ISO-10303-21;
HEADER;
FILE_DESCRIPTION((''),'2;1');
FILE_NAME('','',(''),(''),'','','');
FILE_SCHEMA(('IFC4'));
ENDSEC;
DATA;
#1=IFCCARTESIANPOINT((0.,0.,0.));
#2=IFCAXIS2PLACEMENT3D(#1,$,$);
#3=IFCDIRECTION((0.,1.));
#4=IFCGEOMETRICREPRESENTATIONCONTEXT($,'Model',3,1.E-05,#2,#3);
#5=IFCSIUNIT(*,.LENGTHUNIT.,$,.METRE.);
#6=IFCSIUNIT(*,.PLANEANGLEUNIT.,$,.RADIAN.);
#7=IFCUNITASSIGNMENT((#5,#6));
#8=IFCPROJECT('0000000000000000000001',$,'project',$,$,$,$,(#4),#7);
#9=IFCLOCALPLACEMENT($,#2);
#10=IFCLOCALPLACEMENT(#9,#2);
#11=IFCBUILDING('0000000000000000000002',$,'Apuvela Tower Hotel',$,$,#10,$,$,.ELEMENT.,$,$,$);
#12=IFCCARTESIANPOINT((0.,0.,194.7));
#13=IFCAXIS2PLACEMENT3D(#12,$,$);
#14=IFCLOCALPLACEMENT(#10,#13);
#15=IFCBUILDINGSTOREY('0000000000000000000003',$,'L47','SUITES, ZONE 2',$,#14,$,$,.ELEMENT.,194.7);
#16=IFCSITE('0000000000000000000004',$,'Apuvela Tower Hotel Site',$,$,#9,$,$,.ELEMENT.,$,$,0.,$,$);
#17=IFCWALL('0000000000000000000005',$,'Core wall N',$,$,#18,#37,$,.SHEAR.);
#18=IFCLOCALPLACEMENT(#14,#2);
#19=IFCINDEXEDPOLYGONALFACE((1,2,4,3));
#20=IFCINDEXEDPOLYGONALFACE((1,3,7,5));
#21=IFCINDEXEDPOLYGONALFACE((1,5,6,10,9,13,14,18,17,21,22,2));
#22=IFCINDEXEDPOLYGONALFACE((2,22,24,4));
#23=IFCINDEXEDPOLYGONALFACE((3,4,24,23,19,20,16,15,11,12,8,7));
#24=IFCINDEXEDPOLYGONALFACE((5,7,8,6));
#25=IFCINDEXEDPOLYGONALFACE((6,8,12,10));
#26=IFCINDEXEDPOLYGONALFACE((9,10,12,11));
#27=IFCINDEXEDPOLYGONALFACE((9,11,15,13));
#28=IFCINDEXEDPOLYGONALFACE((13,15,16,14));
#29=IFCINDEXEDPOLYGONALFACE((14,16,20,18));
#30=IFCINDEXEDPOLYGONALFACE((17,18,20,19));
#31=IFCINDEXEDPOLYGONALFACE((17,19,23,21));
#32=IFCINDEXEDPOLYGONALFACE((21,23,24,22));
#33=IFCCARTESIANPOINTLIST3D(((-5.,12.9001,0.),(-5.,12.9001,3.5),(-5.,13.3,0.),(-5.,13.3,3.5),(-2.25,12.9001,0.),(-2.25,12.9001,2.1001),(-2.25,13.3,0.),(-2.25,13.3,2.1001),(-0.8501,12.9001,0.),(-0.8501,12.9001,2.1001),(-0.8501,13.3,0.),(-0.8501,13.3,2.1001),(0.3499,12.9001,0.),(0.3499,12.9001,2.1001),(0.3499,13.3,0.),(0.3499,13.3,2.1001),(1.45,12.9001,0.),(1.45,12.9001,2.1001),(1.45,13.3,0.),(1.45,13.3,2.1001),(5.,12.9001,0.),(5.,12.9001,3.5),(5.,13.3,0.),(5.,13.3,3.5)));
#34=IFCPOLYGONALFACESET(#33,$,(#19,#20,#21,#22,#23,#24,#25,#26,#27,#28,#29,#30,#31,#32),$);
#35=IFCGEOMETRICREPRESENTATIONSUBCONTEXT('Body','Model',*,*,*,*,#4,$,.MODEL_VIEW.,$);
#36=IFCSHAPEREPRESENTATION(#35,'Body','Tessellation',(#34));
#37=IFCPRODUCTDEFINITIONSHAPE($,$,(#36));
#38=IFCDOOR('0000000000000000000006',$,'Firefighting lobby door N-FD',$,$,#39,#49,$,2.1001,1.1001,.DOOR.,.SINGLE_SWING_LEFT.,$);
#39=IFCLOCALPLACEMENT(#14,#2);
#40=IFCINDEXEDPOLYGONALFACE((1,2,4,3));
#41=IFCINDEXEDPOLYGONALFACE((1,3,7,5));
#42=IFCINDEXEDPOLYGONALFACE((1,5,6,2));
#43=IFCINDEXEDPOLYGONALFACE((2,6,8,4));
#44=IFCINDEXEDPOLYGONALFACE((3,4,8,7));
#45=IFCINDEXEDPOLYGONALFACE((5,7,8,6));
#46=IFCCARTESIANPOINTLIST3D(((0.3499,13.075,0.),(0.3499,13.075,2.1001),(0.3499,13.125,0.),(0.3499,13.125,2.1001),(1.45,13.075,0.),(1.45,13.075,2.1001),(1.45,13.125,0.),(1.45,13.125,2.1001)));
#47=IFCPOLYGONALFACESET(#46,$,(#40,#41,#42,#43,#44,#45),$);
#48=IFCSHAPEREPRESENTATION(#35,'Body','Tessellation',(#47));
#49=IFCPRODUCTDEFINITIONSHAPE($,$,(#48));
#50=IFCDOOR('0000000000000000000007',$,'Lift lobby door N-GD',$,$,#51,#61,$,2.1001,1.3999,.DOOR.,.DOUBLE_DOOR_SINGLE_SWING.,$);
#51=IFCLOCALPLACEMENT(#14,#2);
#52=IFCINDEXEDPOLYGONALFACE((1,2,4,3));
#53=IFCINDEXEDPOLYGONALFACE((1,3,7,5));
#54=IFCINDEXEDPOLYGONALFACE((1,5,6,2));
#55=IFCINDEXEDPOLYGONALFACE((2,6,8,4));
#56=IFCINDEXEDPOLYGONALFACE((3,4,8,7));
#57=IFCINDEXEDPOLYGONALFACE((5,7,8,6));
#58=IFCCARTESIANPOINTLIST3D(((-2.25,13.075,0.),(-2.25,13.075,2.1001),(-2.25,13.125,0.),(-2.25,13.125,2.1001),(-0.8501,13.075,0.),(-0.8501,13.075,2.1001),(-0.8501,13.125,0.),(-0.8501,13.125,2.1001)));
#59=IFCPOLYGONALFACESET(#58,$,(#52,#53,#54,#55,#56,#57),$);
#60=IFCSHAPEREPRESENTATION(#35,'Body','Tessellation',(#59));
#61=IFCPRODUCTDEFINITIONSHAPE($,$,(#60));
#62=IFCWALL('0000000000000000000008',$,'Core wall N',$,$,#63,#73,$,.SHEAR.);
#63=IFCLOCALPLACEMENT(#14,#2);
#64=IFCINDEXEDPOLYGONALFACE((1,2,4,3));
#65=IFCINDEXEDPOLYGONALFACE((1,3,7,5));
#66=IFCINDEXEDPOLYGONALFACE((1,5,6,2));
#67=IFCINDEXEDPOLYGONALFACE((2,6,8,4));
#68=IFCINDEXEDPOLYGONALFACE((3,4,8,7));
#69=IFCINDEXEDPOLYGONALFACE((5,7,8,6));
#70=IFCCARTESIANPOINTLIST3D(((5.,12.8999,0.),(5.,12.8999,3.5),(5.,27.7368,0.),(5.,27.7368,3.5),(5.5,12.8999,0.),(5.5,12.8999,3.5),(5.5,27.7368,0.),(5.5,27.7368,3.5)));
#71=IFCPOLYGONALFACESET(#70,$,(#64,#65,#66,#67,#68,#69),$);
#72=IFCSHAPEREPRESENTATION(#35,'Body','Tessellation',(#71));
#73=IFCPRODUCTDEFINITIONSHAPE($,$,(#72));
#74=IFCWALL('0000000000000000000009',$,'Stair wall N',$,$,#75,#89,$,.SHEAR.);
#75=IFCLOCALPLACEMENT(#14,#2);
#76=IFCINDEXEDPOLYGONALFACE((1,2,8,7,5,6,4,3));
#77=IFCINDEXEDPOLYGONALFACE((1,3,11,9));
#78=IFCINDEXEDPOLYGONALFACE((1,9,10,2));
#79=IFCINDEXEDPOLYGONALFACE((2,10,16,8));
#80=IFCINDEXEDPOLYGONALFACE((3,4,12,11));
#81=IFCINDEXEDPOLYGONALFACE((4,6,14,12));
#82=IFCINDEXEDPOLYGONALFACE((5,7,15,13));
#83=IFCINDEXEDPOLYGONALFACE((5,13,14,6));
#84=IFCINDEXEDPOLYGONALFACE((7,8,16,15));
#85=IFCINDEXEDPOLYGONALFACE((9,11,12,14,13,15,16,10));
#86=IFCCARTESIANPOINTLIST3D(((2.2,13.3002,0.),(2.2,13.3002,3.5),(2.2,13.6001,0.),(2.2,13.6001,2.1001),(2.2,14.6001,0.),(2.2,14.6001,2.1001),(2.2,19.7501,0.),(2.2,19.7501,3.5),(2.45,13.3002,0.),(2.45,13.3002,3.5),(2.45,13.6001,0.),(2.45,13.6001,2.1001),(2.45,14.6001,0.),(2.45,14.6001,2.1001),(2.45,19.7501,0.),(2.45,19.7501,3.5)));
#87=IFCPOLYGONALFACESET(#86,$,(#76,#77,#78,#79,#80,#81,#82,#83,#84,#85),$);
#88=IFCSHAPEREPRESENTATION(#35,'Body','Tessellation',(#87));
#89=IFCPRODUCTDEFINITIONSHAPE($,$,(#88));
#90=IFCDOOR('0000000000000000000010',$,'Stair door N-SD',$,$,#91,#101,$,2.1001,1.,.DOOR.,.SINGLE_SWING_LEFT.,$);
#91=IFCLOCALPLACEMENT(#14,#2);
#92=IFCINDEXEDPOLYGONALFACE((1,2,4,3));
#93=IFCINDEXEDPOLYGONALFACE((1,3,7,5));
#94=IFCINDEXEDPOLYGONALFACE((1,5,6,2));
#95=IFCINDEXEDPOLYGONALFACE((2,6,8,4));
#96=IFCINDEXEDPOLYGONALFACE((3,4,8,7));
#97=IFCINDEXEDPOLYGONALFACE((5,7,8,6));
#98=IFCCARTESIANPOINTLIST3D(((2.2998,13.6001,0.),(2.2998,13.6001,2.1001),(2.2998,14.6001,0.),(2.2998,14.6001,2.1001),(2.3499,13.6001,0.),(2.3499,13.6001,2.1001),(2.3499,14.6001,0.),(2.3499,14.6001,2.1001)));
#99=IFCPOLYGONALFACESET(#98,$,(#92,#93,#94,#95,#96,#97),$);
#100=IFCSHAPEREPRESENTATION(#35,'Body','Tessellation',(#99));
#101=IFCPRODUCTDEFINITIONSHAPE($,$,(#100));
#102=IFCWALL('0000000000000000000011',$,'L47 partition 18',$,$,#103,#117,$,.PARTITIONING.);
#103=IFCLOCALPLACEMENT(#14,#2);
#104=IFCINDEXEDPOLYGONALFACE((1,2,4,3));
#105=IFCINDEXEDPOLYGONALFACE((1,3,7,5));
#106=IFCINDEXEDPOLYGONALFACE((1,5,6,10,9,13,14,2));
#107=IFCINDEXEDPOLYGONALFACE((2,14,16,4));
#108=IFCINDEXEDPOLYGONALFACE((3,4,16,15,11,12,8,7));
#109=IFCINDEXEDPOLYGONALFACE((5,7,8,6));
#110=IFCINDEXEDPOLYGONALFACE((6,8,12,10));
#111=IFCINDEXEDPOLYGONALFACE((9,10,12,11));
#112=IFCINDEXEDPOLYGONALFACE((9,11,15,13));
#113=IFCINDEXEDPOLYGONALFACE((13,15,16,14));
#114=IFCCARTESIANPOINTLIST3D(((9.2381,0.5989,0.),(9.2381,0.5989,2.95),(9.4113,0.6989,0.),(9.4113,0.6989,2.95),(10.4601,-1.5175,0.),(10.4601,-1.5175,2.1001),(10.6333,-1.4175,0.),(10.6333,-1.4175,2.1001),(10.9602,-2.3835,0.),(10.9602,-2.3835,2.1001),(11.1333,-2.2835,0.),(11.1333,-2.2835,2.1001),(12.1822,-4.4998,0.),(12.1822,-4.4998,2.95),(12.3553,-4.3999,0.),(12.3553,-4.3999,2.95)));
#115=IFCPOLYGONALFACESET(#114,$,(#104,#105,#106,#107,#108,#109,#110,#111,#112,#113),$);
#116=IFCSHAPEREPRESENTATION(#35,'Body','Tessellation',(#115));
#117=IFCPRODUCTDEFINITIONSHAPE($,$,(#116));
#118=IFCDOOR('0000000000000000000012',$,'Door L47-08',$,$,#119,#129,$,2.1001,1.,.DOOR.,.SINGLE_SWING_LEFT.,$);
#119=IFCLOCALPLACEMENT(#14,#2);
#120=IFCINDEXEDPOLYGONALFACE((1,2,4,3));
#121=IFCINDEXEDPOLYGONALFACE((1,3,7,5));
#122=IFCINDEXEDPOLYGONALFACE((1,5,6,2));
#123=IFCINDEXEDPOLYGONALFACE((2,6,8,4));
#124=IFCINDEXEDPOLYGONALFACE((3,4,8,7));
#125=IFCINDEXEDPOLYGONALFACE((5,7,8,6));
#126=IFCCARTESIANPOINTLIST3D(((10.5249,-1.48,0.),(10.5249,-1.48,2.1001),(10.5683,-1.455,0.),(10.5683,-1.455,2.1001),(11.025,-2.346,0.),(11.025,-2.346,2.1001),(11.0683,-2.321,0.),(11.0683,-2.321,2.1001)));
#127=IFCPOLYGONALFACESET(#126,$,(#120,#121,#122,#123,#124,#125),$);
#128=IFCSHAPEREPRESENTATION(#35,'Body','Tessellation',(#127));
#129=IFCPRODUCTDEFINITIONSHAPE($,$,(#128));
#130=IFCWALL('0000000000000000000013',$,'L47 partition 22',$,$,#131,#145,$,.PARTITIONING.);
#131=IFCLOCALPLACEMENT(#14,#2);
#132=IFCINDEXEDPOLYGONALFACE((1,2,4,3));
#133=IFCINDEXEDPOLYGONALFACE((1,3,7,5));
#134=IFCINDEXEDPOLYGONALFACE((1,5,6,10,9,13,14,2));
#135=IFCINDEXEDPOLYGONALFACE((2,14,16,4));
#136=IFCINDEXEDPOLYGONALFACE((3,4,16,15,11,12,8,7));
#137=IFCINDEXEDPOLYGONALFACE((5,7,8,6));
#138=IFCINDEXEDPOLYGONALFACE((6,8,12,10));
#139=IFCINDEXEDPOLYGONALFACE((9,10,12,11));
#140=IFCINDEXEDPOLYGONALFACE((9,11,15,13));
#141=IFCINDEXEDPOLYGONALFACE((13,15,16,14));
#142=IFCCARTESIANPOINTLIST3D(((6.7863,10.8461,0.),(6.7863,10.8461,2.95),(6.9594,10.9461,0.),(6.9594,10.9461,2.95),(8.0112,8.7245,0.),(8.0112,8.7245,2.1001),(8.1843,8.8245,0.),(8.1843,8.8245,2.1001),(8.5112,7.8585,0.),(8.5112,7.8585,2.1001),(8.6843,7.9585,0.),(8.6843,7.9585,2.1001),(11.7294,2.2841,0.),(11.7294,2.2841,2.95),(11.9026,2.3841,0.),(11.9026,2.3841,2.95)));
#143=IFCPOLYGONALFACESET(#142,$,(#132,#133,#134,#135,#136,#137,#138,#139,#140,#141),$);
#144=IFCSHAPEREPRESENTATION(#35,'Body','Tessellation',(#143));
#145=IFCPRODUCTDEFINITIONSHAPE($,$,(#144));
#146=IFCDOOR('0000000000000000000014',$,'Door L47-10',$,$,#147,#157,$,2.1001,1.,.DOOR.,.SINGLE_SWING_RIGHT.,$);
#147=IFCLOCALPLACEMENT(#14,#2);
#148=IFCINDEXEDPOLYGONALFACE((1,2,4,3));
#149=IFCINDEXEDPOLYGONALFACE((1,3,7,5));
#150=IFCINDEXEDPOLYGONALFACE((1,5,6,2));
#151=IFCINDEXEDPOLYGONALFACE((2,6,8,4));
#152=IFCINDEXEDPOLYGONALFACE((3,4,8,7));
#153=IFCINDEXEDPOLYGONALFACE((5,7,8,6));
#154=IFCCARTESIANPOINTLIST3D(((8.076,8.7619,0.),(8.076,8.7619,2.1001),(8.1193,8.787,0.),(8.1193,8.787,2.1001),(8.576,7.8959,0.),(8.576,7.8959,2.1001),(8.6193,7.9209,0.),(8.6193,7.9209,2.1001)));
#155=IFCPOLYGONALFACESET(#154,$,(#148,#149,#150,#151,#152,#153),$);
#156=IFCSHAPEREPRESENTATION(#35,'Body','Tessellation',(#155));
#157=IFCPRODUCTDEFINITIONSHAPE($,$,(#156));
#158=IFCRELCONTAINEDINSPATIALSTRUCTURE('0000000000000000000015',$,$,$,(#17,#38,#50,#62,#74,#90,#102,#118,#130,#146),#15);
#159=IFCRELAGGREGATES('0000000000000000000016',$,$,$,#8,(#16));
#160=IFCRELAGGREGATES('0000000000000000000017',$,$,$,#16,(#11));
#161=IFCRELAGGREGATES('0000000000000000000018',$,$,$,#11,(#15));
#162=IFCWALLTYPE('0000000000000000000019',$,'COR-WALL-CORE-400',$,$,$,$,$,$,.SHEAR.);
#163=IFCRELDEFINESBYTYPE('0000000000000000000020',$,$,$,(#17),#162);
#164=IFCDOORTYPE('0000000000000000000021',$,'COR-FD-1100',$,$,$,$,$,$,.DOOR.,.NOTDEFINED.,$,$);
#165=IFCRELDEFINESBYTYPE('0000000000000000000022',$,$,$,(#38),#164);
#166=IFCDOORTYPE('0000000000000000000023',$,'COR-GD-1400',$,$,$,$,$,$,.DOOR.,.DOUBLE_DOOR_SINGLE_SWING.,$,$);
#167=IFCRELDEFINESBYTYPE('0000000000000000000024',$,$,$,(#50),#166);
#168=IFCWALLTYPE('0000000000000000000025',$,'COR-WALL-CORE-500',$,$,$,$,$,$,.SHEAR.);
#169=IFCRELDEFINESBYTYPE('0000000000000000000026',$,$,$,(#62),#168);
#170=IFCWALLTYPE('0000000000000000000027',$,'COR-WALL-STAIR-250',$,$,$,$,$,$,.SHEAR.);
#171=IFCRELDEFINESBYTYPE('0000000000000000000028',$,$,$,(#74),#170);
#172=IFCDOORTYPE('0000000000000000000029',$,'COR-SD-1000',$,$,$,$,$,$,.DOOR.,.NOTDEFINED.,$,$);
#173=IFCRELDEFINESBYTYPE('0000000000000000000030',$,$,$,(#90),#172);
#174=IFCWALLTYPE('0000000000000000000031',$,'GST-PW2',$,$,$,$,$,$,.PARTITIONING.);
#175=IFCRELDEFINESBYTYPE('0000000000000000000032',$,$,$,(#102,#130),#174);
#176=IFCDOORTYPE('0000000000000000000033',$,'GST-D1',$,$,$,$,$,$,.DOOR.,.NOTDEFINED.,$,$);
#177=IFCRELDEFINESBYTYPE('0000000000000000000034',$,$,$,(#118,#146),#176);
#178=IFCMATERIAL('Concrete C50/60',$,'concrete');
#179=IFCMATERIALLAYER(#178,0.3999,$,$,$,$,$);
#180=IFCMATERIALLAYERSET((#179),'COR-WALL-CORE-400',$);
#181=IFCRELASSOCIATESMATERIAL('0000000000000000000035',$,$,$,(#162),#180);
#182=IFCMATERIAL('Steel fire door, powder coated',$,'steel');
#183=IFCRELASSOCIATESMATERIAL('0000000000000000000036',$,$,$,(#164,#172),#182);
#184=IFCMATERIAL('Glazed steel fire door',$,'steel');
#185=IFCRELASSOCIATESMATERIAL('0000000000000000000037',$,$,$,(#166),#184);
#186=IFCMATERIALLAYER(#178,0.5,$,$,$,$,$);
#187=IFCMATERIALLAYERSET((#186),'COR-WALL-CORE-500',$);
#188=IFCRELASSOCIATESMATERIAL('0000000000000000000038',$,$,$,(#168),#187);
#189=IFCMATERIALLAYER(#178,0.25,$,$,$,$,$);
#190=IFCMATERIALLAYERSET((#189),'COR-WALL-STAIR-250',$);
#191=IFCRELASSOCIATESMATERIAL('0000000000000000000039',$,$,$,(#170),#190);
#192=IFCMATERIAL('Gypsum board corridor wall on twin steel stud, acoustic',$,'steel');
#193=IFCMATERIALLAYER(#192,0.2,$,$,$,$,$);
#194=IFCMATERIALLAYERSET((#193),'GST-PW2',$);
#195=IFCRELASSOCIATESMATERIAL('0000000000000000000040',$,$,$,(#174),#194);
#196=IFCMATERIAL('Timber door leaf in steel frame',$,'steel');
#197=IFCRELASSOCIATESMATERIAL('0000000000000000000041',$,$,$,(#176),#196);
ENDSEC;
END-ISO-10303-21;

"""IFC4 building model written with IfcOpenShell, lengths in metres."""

from ifc_helpers import new_model, si_unit, direction, frame, frame_2d, origin, place, context, subcontext, project, spatial, rectangle, extrude, material, layer, layer_set, type_object, element, fill, save


model = new_model("IFC4")

# Units and contexts
model_context = context("Model", 3, precision=1e-05, world=origin(), true_north=direction((0.0, 1.0)))
body_context = subcontext(model_context, "Body", "Model", "MODEL_VIEW")
ifc_project = project(units=[si_unit("LENGTHUNIT", "METRE"), si_unit("PLANEANGLEUNIT", "RADIAN")], contexts=[model_context])

# Site, building, storey
site_placement = place(None, origin())
site = spatial("IfcSite", under=ifc_project, at=site_placement, Name="Apuvela Tower Hotel Site", CompositionType="ELEMENT", RefElevation=0.0)
building_placement = place(site_placement, origin())
building = spatial("IfcBuilding", under=site, at=building_placement, Name="Apuvela Tower Hotel", CompositionType="ELEMENT")
storey_placement = place(building_placement, frame((0.0, 0.0, 194.7)))
storey = spatial("IfcBuildingStorey", under=building, at=storey_placement, Name="L47", Description="SUITES, ZONE 2", CompositionType="ELEMENT", Elevation=194.7)

# Shared definitions
ifc_material_1 = material(Name="Concrete C50/60", Category="concrete")

# Wall, openings, doors
ifc_layer_1 = layer(ifc_material_1, 0.3999)
ifc_layer_set_1 = layer_set([ifc_layer_1], Name="COR-WALL-CORE-400")
wall_type_1 = type_object("IfcWallType", Name="COR-WALL-CORE-400", PredefinedType="SHEAR", material=ifc_layer_set_1)
wall_1_placement = place(storey_placement, frame((5.0, 13.1001, 0.0), z_axis=(0.0, 0.0, 1.0), x_axis=(-1.0, 0.0, 0.0)))
wall_1 = element("IfcWall", 1, at=wall_1_placement, inside=storey, type_object=wall_type_1, Name="Core wall N", PredefinedType="SHEAR", context=body_context, shape_type="SweptSolid", body=[
    extrude(rectangle(XDim=10.0, YDim=0.3999, at=frame_2d((5.0, 0.0))), origin(), (0.0, 0.0, 1.0), 3.5),
])
opening_1_placement = place(wall_1_placement, frame((3.55, 0.0, 0.0)))
opening_1 = element("IfcOpeningElement", 2, at=opening_1_placement, cuts=wall_1, PredefinedType="OPENING", context=body_context, shape_type="SweptSolid", body=[
    extrude(rectangle(XDim=1.1001, YDim=2.1001, at=frame_2d((0.55, 1.05))), frame((0.0, 0.21, 0.0), z_axis=(0.0, -1.0, 0.0), x_axis=(1.0, 0.0, 0.0)), (0.0, 0.0, 1.0), 0.4199),
])
opening_2_placement = place(wall_1_placement, frame((5.8501, 0.0, 0.0)))
opening_2 = element("IfcOpeningElement", 3, at=opening_2_placement, cuts=wall_1, PredefinedType="OPENING", context=body_context, shape_type="SweptSolid", body=[
    extrude(rectangle(XDim=1.3999, YDim=2.1001, at=frame_2d((0.7, 1.05))), frame((0.0, 0.21, 0.0), z_axis=(0.0, -1.0, 0.0), x_axis=(1.0, 0.0, 0.0)), (0.0, 0.0, 1.0), 0.4199),
])
ifc_material_2 = material(Name="Steel fire door, powder coated", Category="steel")
door_type_1 = type_object("IfcDoorType", Name="COR-FD-1100", OperationType="NOTDEFINED", PredefinedType="DOOR", material=ifc_material_2)
door_1_placement = place(opening_1_placement, frame((1.1001, 0.0, 0.0), z_axis=(0.0, 0.0, 1.0), x_axis=(-1.0, 0.0, 0.0)))
door_1 = element("IfcDoor", 4, at=door_1_placement, inside=storey, type_object=door_type_1, Name="Firefighting lobby door N-FD", OperationType="SINGLE_SWING_LEFT", OverallHeight=2.1001, OverallWidth=1.1001, PredefinedType="DOOR", context=body_context, shape_type="SweptSolid", body=[
    extrude(rectangle(XDim=1.1001, YDim=2.1001, at=frame_2d((0.55, 1.05))), frame((0.0, 0.0249, 0.0), z_axis=(0.0, -1.0, 0.0), x_axis=(1.0, 0.0, 0.0)), (0.0, 0.0, 1.0), 0.05),
])
fill(opening_1, door_1)
ifc_material_3 = material(Name="Glazed steel fire door", Category="steel")
door_type_2 = type_object("IfcDoorType", Name="COR-GD-1400", OperationType="DOUBLE_DOOR_SINGLE_SWING", PredefinedType="DOOR", material=ifc_material_3)
door_2_placement = place(opening_2_placement, frame((1.3999, 0.0, 0.0), z_axis=(0.0, 0.0, 1.0), x_axis=(-1.0, 0.0, 0.0)))
door_2 = element("IfcDoor", 5, at=door_2_placement, inside=storey, type_object=door_type_2, Name="Lift lobby door N-GD", OperationType="DOUBLE_DOOR_SINGLE_SWING", OverallHeight=2.1001, OverallWidth=1.3999, PredefinedType="DOOR", context=body_context, shape_type="SweptSolid", body=[
    extrude(rectangle(XDim=1.3999, YDim=2.1001, at=frame_2d((0.7, 1.05))), frame((0.0, 0.0249, 0.0), z_axis=(0.0, -1.0, 0.0), x_axis=(1.0, 0.0, 0.0)), (0.0, 0.0, 1.0), 0.05),
])
fill(opening_2, door_2)

# Wall
ifc_layer_2 = layer(ifc_material_1, 0.5)
ifc_layer_set_2 = layer_set([ifc_layer_2], Name="COR-WALL-CORE-500")
wall_type_2 = type_object("IfcWallType", Name="COR-WALL-CORE-500", PredefinedType="SHEAR", material=ifc_layer_set_2)
wall_2_placement = place(storey_placement, frame((5.25, 12.8999, 0.0), z_axis=(0.0, 0.0, 1.0), x_axis=(0.0, 1.0, 0.0)))
element("IfcWall", 6, at=wall_2_placement, inside=storey, type_object=wall_type_2, Name="Core wall N", PredefinedType="SHEAR", context=body_context, shape_type="SweptSolid", body=[
    extrude(rectangle(XDim=14.8369, YDim=0.5, at=frame_2d((7.4185, 0.0))), origin(), (0.0, 0.0, 1.0), 3.5),
])

# Walls, openings, doors
ifc_layer_3 = layer(ifc_material_1, 0.25)
ifc_layer_set_3 = layer_set([ifc_layer_3], Name="COR-WALL-STAIR-250")
wall_type_3 = type_object("IfcWallType", Name="COR-WALL-STAIR-250", PredefinedType="SHEAR", material=ifc_layer_set_3)
wall_3_placement = place(storey_placement, frame((2.325, 13.3, 0.0), z_axis=(0.0, 0.0, 1.0), x_axis=(0.0, 1.0, 0.0)))
wall_3 = element("IfcWall", 7, at=wall_3_placement, inside=storey, type_object=wall_type_3, Name="Stair wall N", PredefinedType="SHEAR", context=body_context, shape_type="SweptSolid", body=[
    extrude(rectangle(XDim=6.45, YDim=0.25, at=frame_2d((3.2251, 0.0))), origin(), (0.0, 0.0, 1.0), 3.5),
])
opening_3_placement = place(wall_3_placement, frame((0.3, 0.0, 0.0)))
opening_3 = element("IfcOpeningElement", 8, at=opening_3_placement, cuts=wall_3, PredefinedType="OPENING", context=body_context, shape_type="SweptSolid", body=[
    extrude(rectangle(XDim=1.0, YDim=2.1001, at=frame_2d((0.5, 1.05))), frame((0.0, 0.135, 0.0), z_axis=(0.0, -1.0, 0.0), x_axis=(1.0, 0.0, 0.0)), (0.0, 0.0, 1.0), 0.27),
])
door_type_3 = type_object("IfcDoorType", Name="COR-SD-1000", OperationType="NOTDEFINED", PredefinedType="DOOR", material=ifc_material_2)
door_3_placement = place(opening_3_placement, frame((1.0, 0.0, 0.0), z_axis=(0.0, 0.0, 1.0), x_axis=(-1.0, 0.0, 0.0)))
door_3 = element("IfcDoor", 9, at=door_3_placement, inside=storey, type_object=door_type_3, Name="Stair door N-SD", OperationType="SINGLE_SWING_LEFT", OverallHeight=2.1001, OverallWidth=1.0, PredefinedType="DOOR", context=body_context, shape_type="SweptSolid", body=[
    extrude(rectangle(XDim=1.0, YDim=2.1001, at=frame_2d((0.5, 1.05))), frame((0.0, 0.0249, 0.0), z_axis=(0.0, -1.0, 0.0), x_axis=(1.0, 0.0, 0.0)), (0.0, 0.0, 1.0), 0.05),
])
fill(opening_3, door_3)
ifc_material_4 = material(Name="Gypsum board corridor wall on twin steel stud, acoustic", Category="steel")
ifc_layer_4 = layer(ifc_material_4, 0.2)
ifc_layer_set_4 = layer_set([ifc_layer_4], Name="GST-PW2")
wall_type_4 = type_object("IfcWallType", Name="GST-PW2", PredefinedType="PARTITIONING", material=ifc_layer_set_4)
wall_4_placement = place(storey_placement, frame((9.3247, 0.6489, 0.0), z_axis=(0.0, 0.0, 1.0), x_axis=(0.500032, -0.866007, 0.0)))
wall_4 = element("IfcWall", 10, at=wall_4_placement, inside=storey, type_object=wall_type_4, Name="L47 partition 18", PredefinedType="PARTITIONING", context=body_context, shape_type="SweptSolid", body=[
    extrude(rectangle(XDim=5.8877, YDim=0.2, at=frame_2d((2.9438, 0.0))), origin(), (0.0, 0.0, 1.0), 2.95),
])
opening_4_placement = place(wall_4_placement, frame((2.4438, 0.0, 0.0)))
opening_4 = element("IfcOpeningElement", 11, at=opening_4_placement, cuts=wall_4, PredefinedType="OPENING", context=body_context, shape_type="SweptSolid", body=[
    extrude(rectangle(XDim=1.0, YDim=2.1001, at=frame_2d((0.5, 1.05))), frame((0.0, 0.1099, 0.0), z_axis=(0.0, -1.0, 0.0), x_axis=(1.0, 0.0, 0.0)), (0.0, 0.0, 1.0), 0.22),
])
ifc_material_5 = material(Name="Timber door leaf in steel frame", Category="steel")
door_type_4 = type_object("IfcDoorType", Name="GST-D1", OperationType="NOTDEFINED", PredefinedType="DOOR", material=ifc_material_5)
door_4_placement = place(opening_4_placement, origin())
door_4 = element("IfcDoor", 12, at=door_4_placement, inside=storey, type_object=door_type_4, Name="Door L47-08", OperationType="SINGLE_SWING_LEFT", OverallHeight=2.1001, OverallWidth=1.0, PredefinedType="DOOR", context=body_context, shape_type="SweptSolid", body=[
    extrude(rectangle(XDim=1.0, YDim=2.1001, at=frame_2d((0.5, 1.05))), frame((0.0, 0.0249, 0.0), z_axis=(0.0, -1.0, 0.0), x_axis=(1.0, 0.0, 0.0)), (0.0, 0.0, 1.0), 0.05),
])
fill(opening_4, door_4)
wall_5_placement = place(storey_placement, frame((6.8728, 10.8962, 0.0), z_axis=(0.0, 0.0, 1.0), x_axis=(0.499988, -0.866033, 0.0)))
wall_5 = element("IfcWall", 13, at=wall_5_placement, inside=storey, type_object=wall_type_4, Name="L47 partition 22", PredefinedType="PARTITIONING", context=body_context, shape_type="SweptSolid", body=[
    extrude(rectangle(XDim=9.8865, YDim=0.2, at=frame_2d((4.9434, 0.0))), origin(), (0.0, 0.0, 1.0), 2.95),
])
opening_5_placement = place(wall_5_placement, frame((2.45, 0.0, 0.0)))
opening_5 = element("IfcOpeningElement", 14, at=opening_5_placement, cuts=wall_5, PredefinedType="OPENING", context=body_context, shape_type="SweptSolid", body=[
    extrude(rectangle(XDim=1.0, YDim=2.1001, at=frame_2d((0.5, 1.05))), frame((0.0, 0.1099, 0.0), z_axis=(0.0, -1.0, 0.0), x_axis=(1.0, 0.0, 0.0)), (0.0, 0.0, 1.0), 0.22),
])
door_5_placement = place(opening_5_placement, origin())
door_5 = element("IfcDoor", 15, at=door_5_placement, inside=storey, type_object=door_type_4, Name="Door L47-10", OperationType="SINGLE_SWING_RIGHT", OverallHeight=2.1001, OverallWidth=1.0, PredefinedType="DOOR", context=body_context, shape_type="SweptSolid", body=[
    extrude(rectangle(XDim=1.0, YDim=2.1001, at=frame_2d((0.5, 1.05))), frame((0.0, 0.0249, 0.0), z_axis=(0.0, -1.0, 0.0), x_axis=(1.0, 0.0, 0.0)), (0.0, 0.0, 1.0), 0.05),
])
fill(opening_5, door_5)

save(model, "model.ifc")
